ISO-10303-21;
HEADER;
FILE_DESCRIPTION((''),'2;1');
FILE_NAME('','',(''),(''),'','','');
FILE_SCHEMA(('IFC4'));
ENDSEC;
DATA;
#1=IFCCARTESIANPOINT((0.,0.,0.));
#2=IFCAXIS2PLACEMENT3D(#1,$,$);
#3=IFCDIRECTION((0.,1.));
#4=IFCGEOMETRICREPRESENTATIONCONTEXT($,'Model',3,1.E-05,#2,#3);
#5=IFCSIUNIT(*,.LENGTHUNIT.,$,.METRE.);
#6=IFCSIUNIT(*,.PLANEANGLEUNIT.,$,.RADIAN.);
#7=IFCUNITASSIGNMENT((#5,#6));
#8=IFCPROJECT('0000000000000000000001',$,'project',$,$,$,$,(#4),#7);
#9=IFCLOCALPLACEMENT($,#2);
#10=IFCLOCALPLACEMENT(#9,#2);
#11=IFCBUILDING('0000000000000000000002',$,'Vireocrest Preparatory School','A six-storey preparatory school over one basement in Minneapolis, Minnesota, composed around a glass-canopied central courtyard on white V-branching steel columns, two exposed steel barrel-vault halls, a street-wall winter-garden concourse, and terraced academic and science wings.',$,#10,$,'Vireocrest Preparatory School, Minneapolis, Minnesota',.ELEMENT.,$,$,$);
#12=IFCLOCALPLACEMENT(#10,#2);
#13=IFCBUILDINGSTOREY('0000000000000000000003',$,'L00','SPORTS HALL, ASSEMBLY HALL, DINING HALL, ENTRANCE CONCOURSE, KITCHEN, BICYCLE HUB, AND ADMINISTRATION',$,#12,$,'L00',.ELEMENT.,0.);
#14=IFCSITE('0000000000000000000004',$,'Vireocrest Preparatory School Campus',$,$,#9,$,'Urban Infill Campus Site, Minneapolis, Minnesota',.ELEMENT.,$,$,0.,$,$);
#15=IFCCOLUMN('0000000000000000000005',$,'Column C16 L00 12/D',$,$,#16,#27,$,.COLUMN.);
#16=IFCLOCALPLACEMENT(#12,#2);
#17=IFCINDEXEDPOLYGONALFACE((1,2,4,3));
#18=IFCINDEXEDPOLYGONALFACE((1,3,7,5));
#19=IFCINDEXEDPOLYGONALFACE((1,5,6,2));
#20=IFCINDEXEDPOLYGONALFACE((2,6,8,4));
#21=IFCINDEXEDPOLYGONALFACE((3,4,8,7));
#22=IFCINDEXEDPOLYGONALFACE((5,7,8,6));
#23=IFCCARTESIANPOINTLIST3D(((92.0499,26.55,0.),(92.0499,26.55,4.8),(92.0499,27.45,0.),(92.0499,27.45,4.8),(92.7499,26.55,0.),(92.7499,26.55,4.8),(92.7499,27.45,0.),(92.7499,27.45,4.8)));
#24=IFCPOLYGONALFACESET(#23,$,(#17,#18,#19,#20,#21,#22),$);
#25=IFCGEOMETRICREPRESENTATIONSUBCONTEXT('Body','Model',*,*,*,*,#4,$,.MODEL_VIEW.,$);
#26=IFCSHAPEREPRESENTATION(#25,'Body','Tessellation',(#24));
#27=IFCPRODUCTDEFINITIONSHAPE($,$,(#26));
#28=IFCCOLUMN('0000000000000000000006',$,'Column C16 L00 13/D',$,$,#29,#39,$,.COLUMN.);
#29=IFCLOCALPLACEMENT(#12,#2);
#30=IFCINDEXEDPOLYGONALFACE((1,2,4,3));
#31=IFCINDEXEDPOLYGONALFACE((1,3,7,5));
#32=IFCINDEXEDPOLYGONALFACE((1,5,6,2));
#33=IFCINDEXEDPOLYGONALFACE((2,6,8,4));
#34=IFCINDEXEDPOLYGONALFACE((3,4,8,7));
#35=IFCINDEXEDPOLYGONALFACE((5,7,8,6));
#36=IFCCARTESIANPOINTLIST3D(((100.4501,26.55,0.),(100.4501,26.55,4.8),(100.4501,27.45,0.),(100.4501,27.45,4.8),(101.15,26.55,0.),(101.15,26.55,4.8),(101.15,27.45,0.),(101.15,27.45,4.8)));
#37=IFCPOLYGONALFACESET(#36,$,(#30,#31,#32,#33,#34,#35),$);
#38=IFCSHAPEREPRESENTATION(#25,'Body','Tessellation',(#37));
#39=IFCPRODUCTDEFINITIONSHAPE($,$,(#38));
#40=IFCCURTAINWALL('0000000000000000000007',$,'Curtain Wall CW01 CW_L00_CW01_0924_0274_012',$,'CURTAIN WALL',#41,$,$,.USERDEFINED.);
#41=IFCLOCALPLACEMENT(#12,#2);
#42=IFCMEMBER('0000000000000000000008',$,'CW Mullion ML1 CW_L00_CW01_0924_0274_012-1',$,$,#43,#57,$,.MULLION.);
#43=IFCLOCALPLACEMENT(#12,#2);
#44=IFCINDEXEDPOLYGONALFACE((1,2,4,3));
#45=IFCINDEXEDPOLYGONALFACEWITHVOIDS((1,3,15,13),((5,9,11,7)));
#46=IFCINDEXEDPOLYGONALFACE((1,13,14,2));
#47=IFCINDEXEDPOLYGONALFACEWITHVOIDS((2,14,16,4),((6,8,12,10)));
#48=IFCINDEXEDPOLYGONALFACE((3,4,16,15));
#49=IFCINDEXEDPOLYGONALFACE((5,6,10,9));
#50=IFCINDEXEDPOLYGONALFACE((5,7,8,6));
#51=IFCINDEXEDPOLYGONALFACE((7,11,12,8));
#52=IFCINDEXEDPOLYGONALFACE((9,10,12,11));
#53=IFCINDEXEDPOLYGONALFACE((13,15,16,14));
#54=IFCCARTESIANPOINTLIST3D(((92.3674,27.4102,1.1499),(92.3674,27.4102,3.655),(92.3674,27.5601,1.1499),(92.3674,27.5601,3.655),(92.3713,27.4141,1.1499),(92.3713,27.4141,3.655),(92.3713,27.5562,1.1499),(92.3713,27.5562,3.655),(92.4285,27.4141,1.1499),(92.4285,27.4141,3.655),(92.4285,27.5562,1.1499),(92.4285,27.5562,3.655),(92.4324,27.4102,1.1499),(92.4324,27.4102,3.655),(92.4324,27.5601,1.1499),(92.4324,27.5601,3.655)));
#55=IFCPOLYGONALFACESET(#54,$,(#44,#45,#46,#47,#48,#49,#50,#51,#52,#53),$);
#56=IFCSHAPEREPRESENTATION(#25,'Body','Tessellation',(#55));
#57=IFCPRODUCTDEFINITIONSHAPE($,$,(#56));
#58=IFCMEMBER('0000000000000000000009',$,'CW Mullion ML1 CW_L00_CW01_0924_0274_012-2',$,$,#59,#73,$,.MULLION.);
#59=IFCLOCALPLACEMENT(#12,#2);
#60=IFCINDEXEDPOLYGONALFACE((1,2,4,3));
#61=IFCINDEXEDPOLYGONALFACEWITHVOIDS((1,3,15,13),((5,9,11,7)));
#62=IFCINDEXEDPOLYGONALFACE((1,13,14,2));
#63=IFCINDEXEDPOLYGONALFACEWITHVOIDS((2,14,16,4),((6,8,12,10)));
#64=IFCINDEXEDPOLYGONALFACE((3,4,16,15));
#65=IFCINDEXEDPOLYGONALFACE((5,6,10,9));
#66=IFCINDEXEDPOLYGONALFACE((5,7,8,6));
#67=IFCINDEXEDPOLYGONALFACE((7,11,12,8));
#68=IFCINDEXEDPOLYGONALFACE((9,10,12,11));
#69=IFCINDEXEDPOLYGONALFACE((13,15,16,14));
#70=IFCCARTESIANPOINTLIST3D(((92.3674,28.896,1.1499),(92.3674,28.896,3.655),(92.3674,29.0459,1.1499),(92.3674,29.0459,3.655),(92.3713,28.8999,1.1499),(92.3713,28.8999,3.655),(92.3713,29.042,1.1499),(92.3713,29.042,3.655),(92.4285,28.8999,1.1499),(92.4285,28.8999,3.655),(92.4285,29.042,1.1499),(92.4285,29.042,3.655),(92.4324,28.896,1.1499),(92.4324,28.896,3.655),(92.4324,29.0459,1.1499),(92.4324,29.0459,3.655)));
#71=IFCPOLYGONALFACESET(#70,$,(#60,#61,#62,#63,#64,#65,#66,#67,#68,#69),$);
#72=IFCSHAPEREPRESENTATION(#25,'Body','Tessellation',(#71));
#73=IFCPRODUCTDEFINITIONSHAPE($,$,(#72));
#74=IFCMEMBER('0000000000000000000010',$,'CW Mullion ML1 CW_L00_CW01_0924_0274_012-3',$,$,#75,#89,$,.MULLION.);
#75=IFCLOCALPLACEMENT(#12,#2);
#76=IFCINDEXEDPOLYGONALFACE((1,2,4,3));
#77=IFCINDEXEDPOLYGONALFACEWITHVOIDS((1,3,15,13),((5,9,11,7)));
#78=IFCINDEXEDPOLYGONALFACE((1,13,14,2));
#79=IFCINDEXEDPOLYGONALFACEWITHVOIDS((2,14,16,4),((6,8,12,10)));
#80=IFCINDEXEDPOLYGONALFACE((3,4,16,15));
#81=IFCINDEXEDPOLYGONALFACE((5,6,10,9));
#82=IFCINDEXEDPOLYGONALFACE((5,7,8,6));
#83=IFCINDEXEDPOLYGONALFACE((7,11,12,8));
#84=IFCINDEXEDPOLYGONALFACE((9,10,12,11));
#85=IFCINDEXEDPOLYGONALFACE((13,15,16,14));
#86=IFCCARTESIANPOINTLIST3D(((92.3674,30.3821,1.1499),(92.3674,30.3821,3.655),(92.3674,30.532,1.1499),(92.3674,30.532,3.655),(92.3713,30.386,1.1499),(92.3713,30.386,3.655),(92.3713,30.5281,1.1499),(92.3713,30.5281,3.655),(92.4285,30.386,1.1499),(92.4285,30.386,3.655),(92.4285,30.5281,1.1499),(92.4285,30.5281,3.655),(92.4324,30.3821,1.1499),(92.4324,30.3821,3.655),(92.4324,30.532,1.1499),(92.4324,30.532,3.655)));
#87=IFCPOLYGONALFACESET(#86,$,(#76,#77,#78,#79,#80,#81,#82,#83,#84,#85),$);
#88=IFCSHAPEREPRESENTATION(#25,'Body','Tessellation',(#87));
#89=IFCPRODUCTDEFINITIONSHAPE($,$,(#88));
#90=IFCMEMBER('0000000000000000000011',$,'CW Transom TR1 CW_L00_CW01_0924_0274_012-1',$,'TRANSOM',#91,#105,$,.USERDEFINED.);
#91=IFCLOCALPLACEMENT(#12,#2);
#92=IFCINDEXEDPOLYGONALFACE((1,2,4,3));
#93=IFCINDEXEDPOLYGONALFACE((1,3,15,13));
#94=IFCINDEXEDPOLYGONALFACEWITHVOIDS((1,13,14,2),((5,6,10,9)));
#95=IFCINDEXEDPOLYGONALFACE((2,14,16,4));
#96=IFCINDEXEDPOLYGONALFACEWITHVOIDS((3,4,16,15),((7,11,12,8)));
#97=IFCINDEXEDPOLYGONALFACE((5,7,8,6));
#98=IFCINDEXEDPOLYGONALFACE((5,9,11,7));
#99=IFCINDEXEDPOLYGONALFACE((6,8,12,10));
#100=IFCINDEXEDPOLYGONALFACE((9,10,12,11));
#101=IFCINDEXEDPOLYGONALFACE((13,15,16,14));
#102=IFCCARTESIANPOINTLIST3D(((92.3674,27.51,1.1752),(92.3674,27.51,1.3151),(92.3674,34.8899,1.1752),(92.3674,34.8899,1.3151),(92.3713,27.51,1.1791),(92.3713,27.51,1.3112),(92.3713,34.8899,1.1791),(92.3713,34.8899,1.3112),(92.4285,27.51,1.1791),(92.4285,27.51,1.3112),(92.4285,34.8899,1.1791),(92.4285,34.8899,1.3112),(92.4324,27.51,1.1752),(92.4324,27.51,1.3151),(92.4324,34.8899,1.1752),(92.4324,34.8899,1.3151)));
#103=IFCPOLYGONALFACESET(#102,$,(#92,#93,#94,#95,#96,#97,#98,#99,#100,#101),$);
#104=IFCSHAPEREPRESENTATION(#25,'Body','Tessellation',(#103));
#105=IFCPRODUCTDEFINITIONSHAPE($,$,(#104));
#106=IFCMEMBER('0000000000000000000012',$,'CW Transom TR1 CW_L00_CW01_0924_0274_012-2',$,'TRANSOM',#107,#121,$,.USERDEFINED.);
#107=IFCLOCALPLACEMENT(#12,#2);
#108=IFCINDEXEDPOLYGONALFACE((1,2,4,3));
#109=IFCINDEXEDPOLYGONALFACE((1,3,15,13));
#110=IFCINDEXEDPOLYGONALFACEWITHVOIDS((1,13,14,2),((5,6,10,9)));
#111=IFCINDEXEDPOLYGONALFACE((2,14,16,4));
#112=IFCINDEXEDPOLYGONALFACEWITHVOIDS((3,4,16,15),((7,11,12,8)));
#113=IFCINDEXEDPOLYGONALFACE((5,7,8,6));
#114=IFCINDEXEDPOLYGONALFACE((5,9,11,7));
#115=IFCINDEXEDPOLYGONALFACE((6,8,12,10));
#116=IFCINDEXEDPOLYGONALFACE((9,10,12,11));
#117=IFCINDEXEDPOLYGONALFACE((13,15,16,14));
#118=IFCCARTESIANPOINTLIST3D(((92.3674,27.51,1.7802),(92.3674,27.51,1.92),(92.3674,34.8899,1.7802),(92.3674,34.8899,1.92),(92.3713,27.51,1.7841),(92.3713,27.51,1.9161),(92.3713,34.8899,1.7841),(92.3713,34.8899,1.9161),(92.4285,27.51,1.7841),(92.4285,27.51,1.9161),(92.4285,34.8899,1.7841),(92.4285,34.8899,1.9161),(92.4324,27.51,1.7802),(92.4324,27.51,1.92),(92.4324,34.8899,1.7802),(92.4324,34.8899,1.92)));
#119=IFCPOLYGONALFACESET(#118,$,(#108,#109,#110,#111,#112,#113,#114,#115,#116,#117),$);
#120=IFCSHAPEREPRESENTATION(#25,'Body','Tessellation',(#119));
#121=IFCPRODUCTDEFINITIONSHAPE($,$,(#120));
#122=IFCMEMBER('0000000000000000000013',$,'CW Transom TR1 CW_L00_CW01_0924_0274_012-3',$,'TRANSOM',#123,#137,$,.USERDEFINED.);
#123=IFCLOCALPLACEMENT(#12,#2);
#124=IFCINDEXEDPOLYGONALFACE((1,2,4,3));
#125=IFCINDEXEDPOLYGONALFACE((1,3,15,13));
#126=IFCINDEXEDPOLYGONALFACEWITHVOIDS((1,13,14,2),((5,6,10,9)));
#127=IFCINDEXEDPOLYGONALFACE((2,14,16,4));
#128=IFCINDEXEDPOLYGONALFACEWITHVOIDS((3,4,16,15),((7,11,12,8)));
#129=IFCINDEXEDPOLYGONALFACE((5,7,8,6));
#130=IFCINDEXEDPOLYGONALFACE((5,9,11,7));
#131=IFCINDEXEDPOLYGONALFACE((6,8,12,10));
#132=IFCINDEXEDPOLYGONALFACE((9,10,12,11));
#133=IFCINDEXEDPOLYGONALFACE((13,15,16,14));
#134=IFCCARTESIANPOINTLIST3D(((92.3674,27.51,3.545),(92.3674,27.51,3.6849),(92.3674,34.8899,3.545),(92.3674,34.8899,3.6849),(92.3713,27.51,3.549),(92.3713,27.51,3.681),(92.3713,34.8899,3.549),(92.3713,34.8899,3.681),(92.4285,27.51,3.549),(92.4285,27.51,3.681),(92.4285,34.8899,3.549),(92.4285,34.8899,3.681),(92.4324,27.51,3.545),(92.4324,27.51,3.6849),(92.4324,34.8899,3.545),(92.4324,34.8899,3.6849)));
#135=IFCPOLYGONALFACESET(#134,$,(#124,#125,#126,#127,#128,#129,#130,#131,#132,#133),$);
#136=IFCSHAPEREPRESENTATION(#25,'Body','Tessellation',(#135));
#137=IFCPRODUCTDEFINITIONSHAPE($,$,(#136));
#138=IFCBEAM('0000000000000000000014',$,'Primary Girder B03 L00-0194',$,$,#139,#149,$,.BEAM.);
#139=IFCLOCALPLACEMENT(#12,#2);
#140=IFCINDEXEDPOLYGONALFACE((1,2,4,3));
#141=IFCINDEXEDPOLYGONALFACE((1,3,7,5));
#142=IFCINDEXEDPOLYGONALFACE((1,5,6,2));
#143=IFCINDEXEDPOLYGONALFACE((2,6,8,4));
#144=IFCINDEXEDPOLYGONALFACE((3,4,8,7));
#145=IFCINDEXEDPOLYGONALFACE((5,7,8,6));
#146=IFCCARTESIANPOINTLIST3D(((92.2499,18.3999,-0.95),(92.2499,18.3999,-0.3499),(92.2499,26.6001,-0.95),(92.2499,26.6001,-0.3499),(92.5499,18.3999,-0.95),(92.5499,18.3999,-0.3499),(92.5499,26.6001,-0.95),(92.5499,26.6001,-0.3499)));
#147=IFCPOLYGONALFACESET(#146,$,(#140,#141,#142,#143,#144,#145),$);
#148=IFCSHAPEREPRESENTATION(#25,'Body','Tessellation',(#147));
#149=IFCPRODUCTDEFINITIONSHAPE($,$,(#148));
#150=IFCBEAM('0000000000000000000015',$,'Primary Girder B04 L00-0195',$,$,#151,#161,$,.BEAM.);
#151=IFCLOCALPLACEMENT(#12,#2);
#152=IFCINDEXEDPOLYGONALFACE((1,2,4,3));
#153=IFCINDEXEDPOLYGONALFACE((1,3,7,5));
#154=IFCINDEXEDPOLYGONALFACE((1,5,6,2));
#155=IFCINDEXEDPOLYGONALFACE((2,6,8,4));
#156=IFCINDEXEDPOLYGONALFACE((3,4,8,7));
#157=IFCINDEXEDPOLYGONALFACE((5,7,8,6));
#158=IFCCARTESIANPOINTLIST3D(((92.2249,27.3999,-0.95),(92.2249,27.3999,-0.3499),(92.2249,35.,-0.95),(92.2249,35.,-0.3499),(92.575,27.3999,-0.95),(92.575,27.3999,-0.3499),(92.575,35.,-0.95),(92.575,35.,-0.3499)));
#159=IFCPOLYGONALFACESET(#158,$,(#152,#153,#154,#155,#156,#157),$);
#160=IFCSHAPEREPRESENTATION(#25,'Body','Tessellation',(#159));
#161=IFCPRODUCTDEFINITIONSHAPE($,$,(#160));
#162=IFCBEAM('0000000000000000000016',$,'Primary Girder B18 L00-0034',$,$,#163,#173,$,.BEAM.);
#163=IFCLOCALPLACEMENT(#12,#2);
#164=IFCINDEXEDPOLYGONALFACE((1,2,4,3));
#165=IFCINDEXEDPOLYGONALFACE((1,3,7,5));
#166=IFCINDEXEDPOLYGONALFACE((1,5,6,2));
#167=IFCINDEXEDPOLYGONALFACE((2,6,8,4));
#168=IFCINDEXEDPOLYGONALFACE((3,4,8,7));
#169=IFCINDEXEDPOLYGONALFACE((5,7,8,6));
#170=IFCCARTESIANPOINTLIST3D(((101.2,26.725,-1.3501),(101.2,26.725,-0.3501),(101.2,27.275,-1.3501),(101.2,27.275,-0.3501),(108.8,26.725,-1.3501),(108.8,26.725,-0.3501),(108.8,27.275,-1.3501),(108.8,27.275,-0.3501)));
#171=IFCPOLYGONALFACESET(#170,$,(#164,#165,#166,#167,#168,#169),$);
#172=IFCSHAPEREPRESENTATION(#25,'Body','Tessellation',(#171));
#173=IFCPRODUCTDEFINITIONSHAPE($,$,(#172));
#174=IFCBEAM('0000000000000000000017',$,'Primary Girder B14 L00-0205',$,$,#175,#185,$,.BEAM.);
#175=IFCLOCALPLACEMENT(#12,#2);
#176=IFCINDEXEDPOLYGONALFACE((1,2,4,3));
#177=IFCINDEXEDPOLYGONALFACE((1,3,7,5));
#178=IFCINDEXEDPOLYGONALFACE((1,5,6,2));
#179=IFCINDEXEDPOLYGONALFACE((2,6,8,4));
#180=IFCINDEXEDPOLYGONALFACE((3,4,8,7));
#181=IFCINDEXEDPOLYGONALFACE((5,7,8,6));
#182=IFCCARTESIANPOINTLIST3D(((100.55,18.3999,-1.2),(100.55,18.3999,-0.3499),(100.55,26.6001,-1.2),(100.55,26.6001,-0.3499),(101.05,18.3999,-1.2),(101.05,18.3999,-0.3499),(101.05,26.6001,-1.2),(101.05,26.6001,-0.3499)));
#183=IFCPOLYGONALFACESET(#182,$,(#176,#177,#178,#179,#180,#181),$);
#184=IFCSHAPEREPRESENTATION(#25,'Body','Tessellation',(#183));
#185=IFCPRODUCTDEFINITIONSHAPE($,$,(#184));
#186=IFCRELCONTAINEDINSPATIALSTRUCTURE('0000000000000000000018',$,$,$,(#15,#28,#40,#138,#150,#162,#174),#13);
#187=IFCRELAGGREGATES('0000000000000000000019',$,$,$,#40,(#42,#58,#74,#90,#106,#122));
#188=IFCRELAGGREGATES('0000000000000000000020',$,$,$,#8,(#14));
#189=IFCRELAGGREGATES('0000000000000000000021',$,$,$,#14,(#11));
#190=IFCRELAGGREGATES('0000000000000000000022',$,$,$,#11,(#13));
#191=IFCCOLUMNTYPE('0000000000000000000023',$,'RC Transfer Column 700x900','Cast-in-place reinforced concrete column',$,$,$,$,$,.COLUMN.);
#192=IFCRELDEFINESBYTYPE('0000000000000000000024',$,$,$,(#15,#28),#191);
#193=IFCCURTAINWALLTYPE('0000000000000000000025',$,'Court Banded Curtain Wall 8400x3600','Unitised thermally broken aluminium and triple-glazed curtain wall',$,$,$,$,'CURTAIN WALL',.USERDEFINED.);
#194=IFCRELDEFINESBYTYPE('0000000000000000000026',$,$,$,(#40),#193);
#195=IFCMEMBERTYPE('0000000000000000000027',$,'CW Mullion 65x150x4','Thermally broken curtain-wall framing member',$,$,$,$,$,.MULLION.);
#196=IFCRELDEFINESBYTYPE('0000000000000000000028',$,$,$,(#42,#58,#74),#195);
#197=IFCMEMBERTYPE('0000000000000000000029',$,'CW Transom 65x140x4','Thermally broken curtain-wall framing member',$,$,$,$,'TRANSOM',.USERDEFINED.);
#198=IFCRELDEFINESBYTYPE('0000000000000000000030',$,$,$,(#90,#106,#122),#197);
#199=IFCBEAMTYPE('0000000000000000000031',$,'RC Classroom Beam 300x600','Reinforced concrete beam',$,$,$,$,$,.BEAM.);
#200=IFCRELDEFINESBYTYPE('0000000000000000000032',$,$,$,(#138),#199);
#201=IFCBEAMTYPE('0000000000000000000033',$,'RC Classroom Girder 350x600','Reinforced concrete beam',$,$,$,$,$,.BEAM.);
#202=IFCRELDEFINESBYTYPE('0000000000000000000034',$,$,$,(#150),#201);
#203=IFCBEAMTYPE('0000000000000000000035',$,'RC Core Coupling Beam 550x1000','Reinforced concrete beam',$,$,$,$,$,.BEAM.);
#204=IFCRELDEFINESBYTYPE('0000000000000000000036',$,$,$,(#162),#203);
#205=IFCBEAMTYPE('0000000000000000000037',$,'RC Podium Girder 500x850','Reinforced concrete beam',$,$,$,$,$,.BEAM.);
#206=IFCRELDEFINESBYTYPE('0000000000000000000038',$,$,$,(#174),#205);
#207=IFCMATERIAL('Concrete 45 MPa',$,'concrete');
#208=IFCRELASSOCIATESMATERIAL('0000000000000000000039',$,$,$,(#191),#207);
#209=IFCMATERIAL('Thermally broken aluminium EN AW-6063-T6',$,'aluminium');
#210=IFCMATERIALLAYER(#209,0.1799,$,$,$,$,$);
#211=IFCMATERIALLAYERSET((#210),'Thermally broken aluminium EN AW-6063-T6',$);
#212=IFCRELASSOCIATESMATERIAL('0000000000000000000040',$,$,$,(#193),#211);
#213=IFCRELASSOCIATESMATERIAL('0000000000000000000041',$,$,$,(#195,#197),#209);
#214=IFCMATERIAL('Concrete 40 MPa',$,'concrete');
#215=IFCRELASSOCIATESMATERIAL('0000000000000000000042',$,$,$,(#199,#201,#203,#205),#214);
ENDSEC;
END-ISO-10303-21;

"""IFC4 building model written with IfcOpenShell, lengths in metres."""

from ifc_helpers import new_model, si_unit, direction, frame, origin, origin_2d, place, context, subcontext, project, spatial, rectangle, hollow_rectangle, extrude, material, layer, layer_set, material_profile, profile_set, type_object, element, aggregate, save


model = new_model("IFC4")

# Units and contexts
model_context = context("Model", 3, precision=1e-05, world=origin(), true_north=direction((0.0, 1.0)))
body_context = subcontext(model_context, "Body", "Model", "MODEL_VIEW")
ifc_project = project(units=[si_unit("LENGTHUNIT", "METRE"), si_unit("PLANEANGLEUNIT", "RADIAN")], contexts=[model_context])

# Site, building, storey
site_placement = place(None, origin())
site = spatial("IfcSite", under=ifc_project, at=site_placement, Name="Vireocrest Preparatory School Campus", LongName="Urban Infill Campus Site, Minneapolis, Minnesota", CompositionType="ELEMENT", RefElevation=0.0)
building_placement = place(site_placement, origin())
building = spatial("IfcBuilding", under=site, at=building_placement, Name="Vireocrest Preparatory School", Description="A six-storey preparatory school over one basement in Minneapolis, Minnesota, composed around a glass-canopied central courtyard on white V-branching steel columns, two exposed steel barrel-vault halls, a street-wall winter-garden concourse, and terraced academic and science wings.", LongName="Vireocrest Preparatory School, Minneapolis, Minnesota", CompositionType="ELEMENT")
storey_placement = place(building_placement, origin())
storey = spatial("IfcBuildingStorey", under=building, at=storey_placement, Name="L00", Description="SPORTS HALL, ASSEMBLY HALL, DINING HALL, ENTRANCE CONCOURSE, KITCHEN, BICYCLE HUB, AND ADMINISTRATION", LongName="L00", CompositionType="ELEMENT", Elevation=0.0)

# Columns
ifc_material_1 = material(Name="Concrete 45 MPa", Category="concrete")
ifc_material_profile_1 = material_profile(ifc_material_1, rectangle(XDim=0.7, YDim=0.8999, at=origin_2d()), Name="RC 700x900")
ifc_profile_set_1 = profile_set([ifc_material_profile_1], Name="Concrete 45 MPa")
column_type = type_object("IfcColumnType", Name="RC Transfer Column 700x900", Description="Cast-in-place reinforced concrete column", PredefinedType="COLUMN", material=ifc_profile_set_1)
for number, where, z_axis, x_axis, name in (
    (1, (92.3999, 27.0, 0.0), (0.0, 0.0, 1.0), (1.0, 0.0, 0.0), "Column C16 L00 12/D"),
    (2, (100.8, 27.0, 0.0), (0.0, 0.0, 1.0), (1.0, 0.0, 0.0), "Column C16 L00 13/D"),
):
    element("IfcColumn", number, at=place(storey_placement, frame(where, z_axis=z_axis, x_axis=x_axis)), inside=storey, type_object=column_type, Name=name, PredefinedType="COLUMN", context=body_context, shape_type="SweptSolid", body=[
        extrude(rectangle(XDim=0.7, YDim=0.8999, at=origin_2d()), origin(), (0.0, 0.0, 1.0), 4.8),
    ])

# Curtain wall, members
ifc_material_2 = material(Name="Thermally broken aluminium EN AW-6063-T6", Category="aluminium")
ifc_layer_1 = layer(ifc_material_2, 0.1799)
ifc_layer_set_1 = layer_set([ifc_layer_1], Name="Thermally broken aluminium EN AW-6063-T6")
curtain_wall_type = type_object("IfcCurtainWallType", Name="Court Banded Curtain Wall 8400x3600", Description="Unitised thermally broken aluminium and triple-glazed curtain wall", ElementType="CURTAIN WALL", PredefinedType="USERDEFINED", material=ifc_layer_set_1)
curtain_wall_placement = place(storey_placement, origin())
curtain_wall = element("IfcCurtainWall", 3, at=curtain_wall_placement, inside=storey, type_object=curtain_wall_type, Name="Curtain Wall CW01 CW_L00_CW01_0924_0274_012", ObjectType="CURTAIN WALL", PredefinedType="USERDEFINED")
ifc_material_profile_2 = material_profile(ifc_material_2, hollow_rectangle(XDim=0.0649, YDim=0.1499, WallThickness=0.0039, at=origin_2d()), Name="ALU 65x150x4")
ifc_profile_set_2 = profile_set([ifc_material_profile_2], Name="Thermally broken aluminium EN AW-6063-T6")
member_type_1 = type_object("IfcMemberType", Name="CW Mullion 65x150x4", Description="Thermally broken curtain-wall framing member", PredefinedType="MULLION", material=ifc_profile_set_2)
member_1_placement = place(storey_placement, frame((92.3999, 27.4851, 1.1499), z_axis=(0.0, 0.0, 1.0), x_axis=(1.0, 0.0, 0.0)))
member_1 = element("IfcMember", 4, at=member_1_placement, type_object=member_type_1, Name="CW Mullion ML1 CW_L00_CW01_0924_0274_012-1", PredefinedType="MULLION", context=body_context, shape_type="SweptSolid", body=[
    extrude(hollow_rectangle(XDim=0.0649, YDim=0.1499, WallThickness=0.0039, at=origin_2d()), origin(), (0.0, 0.0, 1.0), 2.5051),
])
member_2_placement = place(storey_placement, frame((92.3999, 28.9709, 1.1499), z_axis=(0.0, 0.0, 1.0), x_axis=(1.0, 0.0, 0.0)))
member_2 = element("IfcMember", 5, at=member_2_placement, type_object=member_type_1, Name="CW Mullion ML1 CW_L00_CW01_0924_0274_012-2", PredefinedType="MULLION", context=body_context, shape_type="SweptSolid", body=[
    extrude(hollow_rectangle(XDim=0.0649, YDim=0.1499, WallThickness=0.0039, at=origin_2d()), origin(), (0.0, 0.0, 1.0), 2.5051),
])
member_3_placement = place(storey_placement, frame((92.3999, 30.457, 1.1499), z_axis=(0.0, 0.0, 1.0), x_axis=(1.0, 0.0, 0.0)))
member_3 = element("IfcMember", 6, at=member_3_placement, type_object=member_type_1, Name="CW Mullion ML1 CW_L00_CW01_0924_0274_012-3", PredefinedType="MULLION", context=body_context, shape_type="SweptSolid", body=[
    extrude(hollow_rectangle(XDim=0.0649, YDim=0.1499, WallThickness=0.0039, at=origin_2d()), origin(), (0.0, 0.0, 1.0), 2.5051),
])
ifc_material_profile_3 = material_profile(ifc_material_2, hollow_rectangle(XDim=0.0649, YDim=0.1399, WallThickness=0.0039, at=origin_2d()), Name="ALU 65x140x4")
ifc_profile_set_3 = profile_set([ifc_material_profile_3], Name="Thermally broken aluminium EN AW-6063-T6")
member_type_2 = type_object("IfcMemberType", Name="CW Transom 65x140x4", Description="Thermally broken curtain-wall framing member", ElementType="TRANSOM", PredefinedType="USERDEFINED", material=ifc_profile_set_3)
member_4_placement = place(storey_placement, frame((92.3999, 27.51, 1.2451), z_axis=(0.0, 1.0, 0.0), x_axis=(-1.0, 0.0, 0.0)))
member_4 = element("IfcMember", 7, at=member_4_placement, type_object=member_type_2, Name="CW Transom TR1 CW_L00_CW01_0924_0274_012-1", ObjectType="TRANSOM", PredefinedType="USERDEFINED", context=body_context, shape_type="SweptSolid", body=[
    extrude(hollow_rectangle(XDim=0.0649, YDim=0.1399, WallThickness=0.0039, at=origin_2d()), origin(), (0.0, 0.0, 1.0), 7.3799),
])
member_5_placement = place(storey_placement, frame((92.3999, 27.51, 1.8501), z_axis=(0.0, 1.0, 0.0), x_axis=(-1.0, 0.0, 0.0)))
member_5 = element("IfcMember", 8, at=member_5_placement, type_object=member_type_2, Name="CW Transom TR1 CW_L00_CW01_0924_0274_012-2", ObjectType="TRANSOM", PredefinedType="USERDEFINED", context=body_context, shape_type="SweptSolid", body=[
    extrude(hollow_rectangle(XDim=0.0649, YDim=0.1399, WallThickness=0.0039, at=origin_2d()), origin(), (0.0, 0.0, 1.0), 7.3799),
])
member_6_placement = place(storey_placement, frame((92.3999, 27.51, 3.615), z_axis=(0.0, 1.0, 0.0), x_axis=(-1.0, 0.0, 0.0)))
member_6 = element("IfcMember", 9, at=member_6_placement, type_object=member_type_2, Name="CW Transom TR1 CW_L00_CW01_0924_0274_012-3", ObjectType="TRANSOM", PredefinedType="USERDEFINED", context=body_context, shape_type="SweptSolid", body=[
    extrude(hollow_rectangle(XDim=0.0649, YDim=0.1399, WallThickness=0.0039, at=origin_2d()), origin(), (0.0, 0.0, 1.0), 7.3799),
])

# Beams
ifc_material_3 = material(Name="Concrete 40 MPa", Category="concrete")
ifc_material_profile_4 = material_profile(ifc_material_3, rectangle(XDim=0.3, YDim=0.6001, at=origin_2d()), Name="RC 300x600")
ifc_profile_set_4 = profile_set([ifc_material_profile_4], Name="Concrete 40 MPa")
beam_type_1 = type_object("IfcBeamType", Name="RC Classroom Beam 300x600", Description="Reinforced concrete beam", PredefinedType="BEAM", material=ifc_profile_set_4)
beam_1_placement = place(storey_placement, frame((92.3999, 18.3999, -0.6499), z_axis=(0.0, 1.0, 0.0), x_axis=(-1.0, 0.0, 0.0)))
element("IfcBeam", 10, at=beam_1_placement, inside=storey, type_object=beam_type_1, Name="Primary Girder B03 L00-0194", PredefinedType="BEAM", context=body_context, shape_type="SweptSolid", body=[
    extrude(rectangle(XDim=0.3, YDim=0.6001, at=origin_2d()), origin(), (0.0, 0.0, 1.0), 8.2002),
])
ifc_material_profile_5 = material_profile(ifc_material_3, rectangle(XDim=0.3501, YDim=0.6001, at=origin_2d()), Name="RC 350x600")
ifc_profile_set_5 = profile_set([ifc_material_profile_5], Name="Concrete 40 MPa")
beam_type_2 = type_object("IfcBeamType", Name="RC Classroom Girder 350x600", Description="Reinforced concrete beam", PredefinedType="BEAM", material=ifc_profile_set_5)
beam_2_placement = place(storey_placement, frame((92.3999, 27.3999, -0.6499), z_axis=(0.0, 1.0, 0.0), x_axis=(-1.0, 0.0, 0.0)))
element("IfcBeam", 11, at=beam_2_placement, inside=storey, type_object=beam_type_2, Name="Primary Girder B04 L00-0195", PredefinedType="BEAM", context=body_context, shape_type="SweptSolid", body=[
    extrude(rectangle(XDim=0.3501, YDim=0.6001, at=origin_2d()), origin(), (0.0, 0.0, 1.0), 7.6001),
])
ifc_material_profile_6 = material_profile(ifc_material_3, rectangle(XDim=0.55, YDim=1.0, at=origin_2d()), Name="RC 550x1000")
ifc_profile_set_6 = profile_set([ifc_material_profile_6], Name="Concrete 40 MPa")
beam_type_3 = type_object("IfcBeamType", Name="RC Core Coupling Beam 550x1000", Description="Reinforced concrete beam", PredefinedType="BEAM", material=ifc_profile_set_6)
beam_3_placement = place(storey_placement, frame((101.2, 27.0, -0.8501), z_axis=(1.0, 0.0, 0.0), x_axis=(0.0, 1.0, 0.0)))
element("IfcBeam", 12, at=beam_3_placement, inside=storey, type_object=beam_type_3, Name="Primary Girder B18 L00-0034", PredefinedType="BEAM", context=body_context, shape_type="SweptSolid", body=[
    extrude(rectangle(XDim=0.55, YDim=1.0, at=origin_2d()), origin(), (0.0, 0.0, 1.0), 7.6001),
])
ifc_material_profile_7 = material_profile(ifc_material_3, rectangle(XDim=0.5, YDim=0.8501, at=origin_2d()), Name="RC 500x850")
ifc_profile_set_7 = profile_set([ifc_material_profile_7], Name="Concrete 40 MPa")
beam_type_4 = type_object("IfcBeamType", Name="RC Podium Girder 500x850", Description="Reinforced concrete beam", PredefinedType="BEAM", material=ifc_profile_set_7)
beam_4_placement = place(storey_placement, frame((100.8, 18.3999, -0.7749), z_axis=(0.0, 1.0, 0.0), x_axis=(-1.0, 0.0, 0.0)))
element("IfcBeam", 13, at=beam_4_placement, inside=storey, type_object=beam_type_4, Name="Primary Girder B14 L00-0205", PredefinedType="BEAM", context=body_context, shape_type="SweptSolid", body=[
    extrude(rectangle(XDim=0.5, YDim=0.8501, at=origin_2d()), origin(), (0.0, 0.0, 1.0), 8.2002),
])

aggregate(curtain_wall, [member_1, member_2, member_3, member_4, member_5, member_6])

save(model, "model.ifc")
